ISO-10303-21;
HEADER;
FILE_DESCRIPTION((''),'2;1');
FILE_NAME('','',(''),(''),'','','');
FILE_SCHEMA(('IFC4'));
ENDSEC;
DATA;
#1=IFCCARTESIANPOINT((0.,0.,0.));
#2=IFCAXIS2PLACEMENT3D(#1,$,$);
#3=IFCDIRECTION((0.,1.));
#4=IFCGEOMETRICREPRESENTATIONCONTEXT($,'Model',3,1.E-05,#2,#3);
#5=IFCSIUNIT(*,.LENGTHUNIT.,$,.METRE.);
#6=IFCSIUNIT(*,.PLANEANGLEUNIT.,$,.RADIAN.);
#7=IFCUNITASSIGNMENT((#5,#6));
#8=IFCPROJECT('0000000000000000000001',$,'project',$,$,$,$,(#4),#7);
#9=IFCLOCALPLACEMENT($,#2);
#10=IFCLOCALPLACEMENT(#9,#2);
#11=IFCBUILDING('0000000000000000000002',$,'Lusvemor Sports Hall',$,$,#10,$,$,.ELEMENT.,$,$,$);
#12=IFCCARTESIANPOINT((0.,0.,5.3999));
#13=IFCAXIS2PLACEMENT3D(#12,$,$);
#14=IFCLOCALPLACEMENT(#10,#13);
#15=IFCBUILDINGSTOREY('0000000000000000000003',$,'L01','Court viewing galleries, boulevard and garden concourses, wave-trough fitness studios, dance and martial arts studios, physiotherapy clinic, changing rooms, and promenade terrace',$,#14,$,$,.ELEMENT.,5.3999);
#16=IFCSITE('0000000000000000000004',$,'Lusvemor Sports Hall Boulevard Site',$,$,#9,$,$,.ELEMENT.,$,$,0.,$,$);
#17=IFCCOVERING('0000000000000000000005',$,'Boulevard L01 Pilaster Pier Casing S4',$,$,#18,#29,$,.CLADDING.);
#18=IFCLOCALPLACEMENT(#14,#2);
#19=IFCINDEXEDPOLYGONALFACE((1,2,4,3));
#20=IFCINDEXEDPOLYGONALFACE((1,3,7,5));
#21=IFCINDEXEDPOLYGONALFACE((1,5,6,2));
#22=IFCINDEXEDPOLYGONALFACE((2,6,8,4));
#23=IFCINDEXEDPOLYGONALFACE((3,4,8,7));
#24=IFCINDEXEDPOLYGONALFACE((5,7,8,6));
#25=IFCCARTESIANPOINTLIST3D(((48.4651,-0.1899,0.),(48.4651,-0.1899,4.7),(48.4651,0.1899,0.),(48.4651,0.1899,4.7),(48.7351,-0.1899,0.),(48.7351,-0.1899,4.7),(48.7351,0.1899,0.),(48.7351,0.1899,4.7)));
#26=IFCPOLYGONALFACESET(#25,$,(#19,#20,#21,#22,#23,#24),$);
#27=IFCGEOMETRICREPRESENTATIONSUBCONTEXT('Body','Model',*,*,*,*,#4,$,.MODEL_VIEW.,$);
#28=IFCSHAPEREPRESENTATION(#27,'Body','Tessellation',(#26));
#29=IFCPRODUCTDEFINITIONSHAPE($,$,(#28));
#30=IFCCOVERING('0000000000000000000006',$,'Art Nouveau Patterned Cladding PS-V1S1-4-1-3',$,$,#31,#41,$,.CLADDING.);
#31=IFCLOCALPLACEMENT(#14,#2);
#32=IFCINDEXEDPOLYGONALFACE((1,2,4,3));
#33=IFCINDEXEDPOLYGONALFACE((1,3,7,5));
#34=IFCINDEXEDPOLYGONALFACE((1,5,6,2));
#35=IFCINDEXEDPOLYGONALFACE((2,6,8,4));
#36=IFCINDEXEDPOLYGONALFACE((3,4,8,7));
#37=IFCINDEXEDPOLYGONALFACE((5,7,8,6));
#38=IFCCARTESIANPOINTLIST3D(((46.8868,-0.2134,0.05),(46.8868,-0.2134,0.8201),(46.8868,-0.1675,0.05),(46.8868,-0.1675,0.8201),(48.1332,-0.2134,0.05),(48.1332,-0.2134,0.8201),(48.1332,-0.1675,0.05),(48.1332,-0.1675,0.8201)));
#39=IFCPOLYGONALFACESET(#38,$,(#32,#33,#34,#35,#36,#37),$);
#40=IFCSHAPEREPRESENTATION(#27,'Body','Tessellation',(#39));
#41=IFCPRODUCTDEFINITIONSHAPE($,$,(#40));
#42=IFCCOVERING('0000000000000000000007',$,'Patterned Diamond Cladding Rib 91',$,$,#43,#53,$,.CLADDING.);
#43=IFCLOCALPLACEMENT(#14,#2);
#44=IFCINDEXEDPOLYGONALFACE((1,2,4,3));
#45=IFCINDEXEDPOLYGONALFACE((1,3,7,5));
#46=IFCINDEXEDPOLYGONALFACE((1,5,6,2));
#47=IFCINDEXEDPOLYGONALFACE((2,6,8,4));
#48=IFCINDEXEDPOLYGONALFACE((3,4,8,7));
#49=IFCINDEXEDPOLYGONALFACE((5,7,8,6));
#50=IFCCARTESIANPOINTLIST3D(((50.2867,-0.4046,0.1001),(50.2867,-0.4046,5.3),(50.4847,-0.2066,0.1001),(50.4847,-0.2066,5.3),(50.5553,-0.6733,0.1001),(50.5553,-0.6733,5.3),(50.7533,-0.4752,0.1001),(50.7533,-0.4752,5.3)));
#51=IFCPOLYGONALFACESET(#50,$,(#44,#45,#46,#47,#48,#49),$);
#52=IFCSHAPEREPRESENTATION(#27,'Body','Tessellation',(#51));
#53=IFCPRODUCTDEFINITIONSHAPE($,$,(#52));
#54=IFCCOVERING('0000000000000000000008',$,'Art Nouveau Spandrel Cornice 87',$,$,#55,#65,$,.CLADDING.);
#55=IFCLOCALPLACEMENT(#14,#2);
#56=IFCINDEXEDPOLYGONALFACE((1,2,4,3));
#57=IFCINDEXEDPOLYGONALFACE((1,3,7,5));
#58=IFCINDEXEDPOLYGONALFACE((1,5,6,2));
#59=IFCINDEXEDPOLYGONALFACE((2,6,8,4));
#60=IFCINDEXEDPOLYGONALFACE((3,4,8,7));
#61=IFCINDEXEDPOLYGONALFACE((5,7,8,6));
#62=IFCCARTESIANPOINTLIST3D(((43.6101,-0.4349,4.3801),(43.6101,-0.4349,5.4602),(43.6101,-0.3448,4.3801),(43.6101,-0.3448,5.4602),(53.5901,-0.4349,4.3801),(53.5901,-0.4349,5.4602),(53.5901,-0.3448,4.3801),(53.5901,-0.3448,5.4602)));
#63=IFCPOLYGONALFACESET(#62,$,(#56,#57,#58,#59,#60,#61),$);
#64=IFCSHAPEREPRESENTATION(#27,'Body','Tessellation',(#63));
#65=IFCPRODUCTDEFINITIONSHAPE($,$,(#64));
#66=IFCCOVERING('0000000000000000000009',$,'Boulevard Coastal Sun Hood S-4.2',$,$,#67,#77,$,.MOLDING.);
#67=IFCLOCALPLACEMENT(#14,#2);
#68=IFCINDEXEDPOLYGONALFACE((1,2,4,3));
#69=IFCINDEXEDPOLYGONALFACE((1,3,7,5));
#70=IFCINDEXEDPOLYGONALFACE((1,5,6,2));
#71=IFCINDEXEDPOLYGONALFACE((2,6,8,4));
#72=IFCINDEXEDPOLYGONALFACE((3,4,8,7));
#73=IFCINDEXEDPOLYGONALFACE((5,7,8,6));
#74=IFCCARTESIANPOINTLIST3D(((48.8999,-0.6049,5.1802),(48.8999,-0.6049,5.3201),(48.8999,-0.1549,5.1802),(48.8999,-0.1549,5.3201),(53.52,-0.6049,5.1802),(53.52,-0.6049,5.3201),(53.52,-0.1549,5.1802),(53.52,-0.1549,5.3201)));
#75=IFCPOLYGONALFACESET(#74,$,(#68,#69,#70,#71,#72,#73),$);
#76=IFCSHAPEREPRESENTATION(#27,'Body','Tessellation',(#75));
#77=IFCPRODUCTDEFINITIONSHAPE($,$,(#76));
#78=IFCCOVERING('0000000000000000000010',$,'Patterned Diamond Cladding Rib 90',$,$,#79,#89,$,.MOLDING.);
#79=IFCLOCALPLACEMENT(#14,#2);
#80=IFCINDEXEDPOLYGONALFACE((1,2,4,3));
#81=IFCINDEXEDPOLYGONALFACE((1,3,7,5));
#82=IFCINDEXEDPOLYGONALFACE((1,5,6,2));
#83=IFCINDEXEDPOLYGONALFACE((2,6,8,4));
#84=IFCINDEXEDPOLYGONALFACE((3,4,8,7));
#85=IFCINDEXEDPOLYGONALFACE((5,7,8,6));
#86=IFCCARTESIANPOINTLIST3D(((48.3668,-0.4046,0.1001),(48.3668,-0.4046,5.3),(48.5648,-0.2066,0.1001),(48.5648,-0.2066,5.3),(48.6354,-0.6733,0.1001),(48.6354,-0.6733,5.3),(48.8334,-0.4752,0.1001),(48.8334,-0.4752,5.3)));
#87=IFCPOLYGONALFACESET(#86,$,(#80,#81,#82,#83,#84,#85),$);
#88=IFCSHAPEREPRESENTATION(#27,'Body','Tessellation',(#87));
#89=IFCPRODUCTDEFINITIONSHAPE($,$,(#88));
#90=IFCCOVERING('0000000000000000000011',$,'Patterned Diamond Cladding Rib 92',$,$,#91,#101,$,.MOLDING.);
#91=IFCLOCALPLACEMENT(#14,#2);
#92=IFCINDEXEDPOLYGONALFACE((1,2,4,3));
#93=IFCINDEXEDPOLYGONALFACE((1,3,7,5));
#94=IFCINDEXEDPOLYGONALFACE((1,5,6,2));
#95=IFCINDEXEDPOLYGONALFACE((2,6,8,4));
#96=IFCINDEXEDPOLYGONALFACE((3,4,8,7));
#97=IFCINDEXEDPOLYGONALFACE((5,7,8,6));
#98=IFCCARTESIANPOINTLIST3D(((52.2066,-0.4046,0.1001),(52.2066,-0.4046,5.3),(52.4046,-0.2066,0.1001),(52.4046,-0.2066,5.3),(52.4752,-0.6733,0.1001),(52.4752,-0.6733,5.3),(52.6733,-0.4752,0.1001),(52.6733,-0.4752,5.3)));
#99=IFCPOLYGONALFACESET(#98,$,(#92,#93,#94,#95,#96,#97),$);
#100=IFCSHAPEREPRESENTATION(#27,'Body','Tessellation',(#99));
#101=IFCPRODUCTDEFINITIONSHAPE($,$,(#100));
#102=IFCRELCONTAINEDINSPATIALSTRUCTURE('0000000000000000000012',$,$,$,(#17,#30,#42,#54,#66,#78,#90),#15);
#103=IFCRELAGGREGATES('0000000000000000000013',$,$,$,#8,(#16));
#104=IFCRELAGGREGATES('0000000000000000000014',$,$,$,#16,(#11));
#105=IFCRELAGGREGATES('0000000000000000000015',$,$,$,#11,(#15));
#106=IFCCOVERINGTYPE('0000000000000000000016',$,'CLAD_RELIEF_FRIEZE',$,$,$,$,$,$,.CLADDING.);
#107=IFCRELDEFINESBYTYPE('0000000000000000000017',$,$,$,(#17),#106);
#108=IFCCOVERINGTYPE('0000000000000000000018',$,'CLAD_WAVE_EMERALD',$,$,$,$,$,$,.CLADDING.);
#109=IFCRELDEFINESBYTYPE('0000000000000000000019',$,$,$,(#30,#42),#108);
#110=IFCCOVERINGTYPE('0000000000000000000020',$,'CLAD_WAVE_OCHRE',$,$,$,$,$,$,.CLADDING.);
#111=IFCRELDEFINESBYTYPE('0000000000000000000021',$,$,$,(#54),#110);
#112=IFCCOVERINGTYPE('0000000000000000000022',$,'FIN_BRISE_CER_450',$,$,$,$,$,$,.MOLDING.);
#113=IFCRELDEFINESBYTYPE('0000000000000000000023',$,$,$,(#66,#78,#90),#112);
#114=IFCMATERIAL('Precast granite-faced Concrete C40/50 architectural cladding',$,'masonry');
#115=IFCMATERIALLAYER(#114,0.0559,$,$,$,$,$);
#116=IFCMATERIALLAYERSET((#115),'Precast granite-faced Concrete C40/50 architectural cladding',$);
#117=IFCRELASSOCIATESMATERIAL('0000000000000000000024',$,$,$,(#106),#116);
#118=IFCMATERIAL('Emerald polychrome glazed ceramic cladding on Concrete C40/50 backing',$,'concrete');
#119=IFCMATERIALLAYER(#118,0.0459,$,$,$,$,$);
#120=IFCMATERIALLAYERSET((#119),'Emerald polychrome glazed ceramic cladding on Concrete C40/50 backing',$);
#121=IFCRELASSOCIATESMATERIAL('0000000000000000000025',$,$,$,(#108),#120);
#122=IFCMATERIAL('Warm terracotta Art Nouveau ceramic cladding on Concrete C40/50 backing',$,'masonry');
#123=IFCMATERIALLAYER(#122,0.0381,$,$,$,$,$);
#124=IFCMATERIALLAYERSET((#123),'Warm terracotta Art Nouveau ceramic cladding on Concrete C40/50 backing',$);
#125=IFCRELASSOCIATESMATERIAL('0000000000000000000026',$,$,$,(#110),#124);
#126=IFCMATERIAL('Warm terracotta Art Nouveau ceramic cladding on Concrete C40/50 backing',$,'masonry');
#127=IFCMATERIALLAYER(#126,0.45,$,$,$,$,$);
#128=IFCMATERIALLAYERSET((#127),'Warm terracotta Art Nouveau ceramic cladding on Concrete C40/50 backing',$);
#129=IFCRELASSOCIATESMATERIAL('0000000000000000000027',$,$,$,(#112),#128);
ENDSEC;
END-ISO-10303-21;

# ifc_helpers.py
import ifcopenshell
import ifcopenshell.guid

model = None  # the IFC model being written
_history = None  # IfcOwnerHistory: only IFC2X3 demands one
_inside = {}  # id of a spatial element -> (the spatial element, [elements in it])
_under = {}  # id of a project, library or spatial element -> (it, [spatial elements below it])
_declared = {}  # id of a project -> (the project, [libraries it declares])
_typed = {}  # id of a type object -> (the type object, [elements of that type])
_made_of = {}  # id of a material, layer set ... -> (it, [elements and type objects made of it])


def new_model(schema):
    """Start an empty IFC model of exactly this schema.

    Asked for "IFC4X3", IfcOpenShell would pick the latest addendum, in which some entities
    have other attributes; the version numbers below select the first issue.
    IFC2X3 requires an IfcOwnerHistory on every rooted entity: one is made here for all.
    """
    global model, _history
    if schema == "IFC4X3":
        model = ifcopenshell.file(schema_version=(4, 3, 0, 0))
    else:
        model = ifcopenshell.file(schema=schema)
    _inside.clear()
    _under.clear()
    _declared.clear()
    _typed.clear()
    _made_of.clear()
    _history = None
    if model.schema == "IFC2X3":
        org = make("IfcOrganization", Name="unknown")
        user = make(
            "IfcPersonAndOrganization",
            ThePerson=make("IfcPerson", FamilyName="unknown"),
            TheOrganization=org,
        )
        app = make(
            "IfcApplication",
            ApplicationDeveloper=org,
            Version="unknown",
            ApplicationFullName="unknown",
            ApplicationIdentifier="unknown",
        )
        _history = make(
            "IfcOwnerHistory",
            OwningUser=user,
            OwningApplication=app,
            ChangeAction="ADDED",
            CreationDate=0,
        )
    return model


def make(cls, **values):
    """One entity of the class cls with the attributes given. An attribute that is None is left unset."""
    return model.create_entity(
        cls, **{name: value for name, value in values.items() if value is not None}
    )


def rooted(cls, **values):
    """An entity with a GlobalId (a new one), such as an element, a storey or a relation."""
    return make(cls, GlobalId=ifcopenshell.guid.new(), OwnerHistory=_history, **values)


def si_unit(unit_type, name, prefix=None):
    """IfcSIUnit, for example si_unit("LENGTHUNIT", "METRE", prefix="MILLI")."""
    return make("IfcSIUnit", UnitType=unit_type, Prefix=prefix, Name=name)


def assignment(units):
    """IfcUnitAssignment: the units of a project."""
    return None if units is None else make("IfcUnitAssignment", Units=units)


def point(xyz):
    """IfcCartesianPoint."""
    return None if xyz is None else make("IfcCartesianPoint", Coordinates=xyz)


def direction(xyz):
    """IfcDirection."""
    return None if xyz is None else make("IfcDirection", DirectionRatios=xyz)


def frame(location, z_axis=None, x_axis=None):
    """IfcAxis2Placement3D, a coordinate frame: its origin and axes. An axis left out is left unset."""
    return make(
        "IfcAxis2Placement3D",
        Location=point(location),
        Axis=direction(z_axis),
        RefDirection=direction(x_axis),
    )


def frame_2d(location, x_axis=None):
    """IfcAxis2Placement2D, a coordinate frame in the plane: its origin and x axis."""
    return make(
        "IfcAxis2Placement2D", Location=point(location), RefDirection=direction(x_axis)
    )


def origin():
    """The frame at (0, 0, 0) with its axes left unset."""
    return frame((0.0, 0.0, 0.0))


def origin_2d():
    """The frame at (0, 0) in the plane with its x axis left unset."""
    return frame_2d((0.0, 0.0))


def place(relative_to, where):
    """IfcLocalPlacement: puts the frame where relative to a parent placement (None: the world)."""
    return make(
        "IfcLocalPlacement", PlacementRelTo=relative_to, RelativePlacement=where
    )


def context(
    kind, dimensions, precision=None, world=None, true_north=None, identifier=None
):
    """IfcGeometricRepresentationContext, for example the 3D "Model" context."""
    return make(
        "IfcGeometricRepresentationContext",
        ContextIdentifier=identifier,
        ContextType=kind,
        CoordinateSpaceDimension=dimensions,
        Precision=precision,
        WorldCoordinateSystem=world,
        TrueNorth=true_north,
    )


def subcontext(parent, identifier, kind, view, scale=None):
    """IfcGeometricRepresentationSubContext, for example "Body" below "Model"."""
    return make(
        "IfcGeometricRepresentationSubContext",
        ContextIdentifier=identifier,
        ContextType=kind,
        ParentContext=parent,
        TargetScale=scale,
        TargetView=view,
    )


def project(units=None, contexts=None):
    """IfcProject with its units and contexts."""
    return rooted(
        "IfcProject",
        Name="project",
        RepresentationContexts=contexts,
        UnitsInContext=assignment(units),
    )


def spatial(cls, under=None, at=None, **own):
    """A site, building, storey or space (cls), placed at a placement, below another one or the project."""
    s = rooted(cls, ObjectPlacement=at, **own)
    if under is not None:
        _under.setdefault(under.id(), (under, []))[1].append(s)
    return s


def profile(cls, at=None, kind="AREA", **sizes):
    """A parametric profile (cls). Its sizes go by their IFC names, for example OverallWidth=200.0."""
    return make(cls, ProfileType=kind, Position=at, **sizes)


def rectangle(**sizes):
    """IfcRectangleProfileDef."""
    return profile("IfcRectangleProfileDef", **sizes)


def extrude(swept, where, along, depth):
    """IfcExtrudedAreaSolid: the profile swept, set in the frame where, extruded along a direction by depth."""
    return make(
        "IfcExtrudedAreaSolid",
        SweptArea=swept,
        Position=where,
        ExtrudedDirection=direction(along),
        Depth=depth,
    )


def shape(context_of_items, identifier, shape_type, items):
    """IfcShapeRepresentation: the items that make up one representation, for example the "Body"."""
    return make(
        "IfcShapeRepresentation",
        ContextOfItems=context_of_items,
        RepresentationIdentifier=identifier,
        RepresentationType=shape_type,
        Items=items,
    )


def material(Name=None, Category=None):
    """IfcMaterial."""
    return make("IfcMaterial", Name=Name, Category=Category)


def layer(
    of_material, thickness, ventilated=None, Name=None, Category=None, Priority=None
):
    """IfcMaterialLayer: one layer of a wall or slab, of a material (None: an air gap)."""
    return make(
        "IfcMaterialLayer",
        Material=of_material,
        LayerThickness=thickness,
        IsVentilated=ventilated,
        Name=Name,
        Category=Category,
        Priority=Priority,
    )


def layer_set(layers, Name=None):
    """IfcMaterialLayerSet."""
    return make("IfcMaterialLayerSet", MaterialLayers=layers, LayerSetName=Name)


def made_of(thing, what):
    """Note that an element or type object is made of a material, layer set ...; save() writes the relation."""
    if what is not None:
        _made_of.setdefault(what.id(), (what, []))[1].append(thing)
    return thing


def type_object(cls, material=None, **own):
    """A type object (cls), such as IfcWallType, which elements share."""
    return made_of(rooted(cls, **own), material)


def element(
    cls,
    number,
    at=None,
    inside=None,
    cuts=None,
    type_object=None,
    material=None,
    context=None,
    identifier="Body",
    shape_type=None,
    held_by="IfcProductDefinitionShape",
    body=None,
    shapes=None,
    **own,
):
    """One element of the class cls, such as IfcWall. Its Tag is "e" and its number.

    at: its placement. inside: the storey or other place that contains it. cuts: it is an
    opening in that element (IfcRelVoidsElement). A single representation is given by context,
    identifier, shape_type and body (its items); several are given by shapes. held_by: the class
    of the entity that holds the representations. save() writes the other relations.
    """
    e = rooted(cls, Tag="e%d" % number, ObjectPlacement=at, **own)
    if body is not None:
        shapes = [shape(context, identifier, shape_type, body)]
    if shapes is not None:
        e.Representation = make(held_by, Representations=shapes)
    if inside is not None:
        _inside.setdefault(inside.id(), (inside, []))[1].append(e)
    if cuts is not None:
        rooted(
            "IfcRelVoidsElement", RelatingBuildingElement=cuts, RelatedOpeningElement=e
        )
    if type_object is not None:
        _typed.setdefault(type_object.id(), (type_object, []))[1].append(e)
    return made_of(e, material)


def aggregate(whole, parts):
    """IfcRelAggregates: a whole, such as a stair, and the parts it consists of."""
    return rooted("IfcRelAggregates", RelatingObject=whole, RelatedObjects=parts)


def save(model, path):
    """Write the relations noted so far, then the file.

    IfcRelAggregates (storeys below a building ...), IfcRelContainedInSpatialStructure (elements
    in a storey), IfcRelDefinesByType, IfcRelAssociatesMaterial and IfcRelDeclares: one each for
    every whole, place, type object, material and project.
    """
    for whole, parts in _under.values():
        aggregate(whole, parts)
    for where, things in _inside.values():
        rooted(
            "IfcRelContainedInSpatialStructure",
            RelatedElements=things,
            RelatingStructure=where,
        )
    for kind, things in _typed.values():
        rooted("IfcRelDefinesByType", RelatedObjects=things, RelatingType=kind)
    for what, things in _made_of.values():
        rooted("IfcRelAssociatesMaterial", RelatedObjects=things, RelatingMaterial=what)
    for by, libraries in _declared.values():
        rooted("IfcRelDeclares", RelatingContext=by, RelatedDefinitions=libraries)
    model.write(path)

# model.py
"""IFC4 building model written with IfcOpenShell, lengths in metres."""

from ifc_helpers import new_model, si_unit, direction, frame, origin, origin_2d, place, context, subcontext, project, spatial, rectangle, extrude, material, layer, layer_set, type_object, element, save


model = new_model("IFC4")

# Units and contexts
model_context = context("Model", 3, precision=1e-05, world=origin(), true_north=direction((0.0, 1.0)))
body_context = subcontext(model_context, "Body", "Model", "MODEL_VIEW")
ifc_project = project(units=[si_unit("LENGTHUNIT", "METRE"), si_unit("PLANEANGLEUNIT", "RADIAN")], contexts=[model_context])

# Site, building, storey
site_placement = place(None, origin())
site = spatial("IfcSite", under=ifc_project, at=site_placement, Name="Lusvemor Sports Hall Boulevard Site", CompositionType="ELEMENT", RefElevation=0.0)
building_placement = place(site_placement, origin())
building = spatial("IfcBuilding", under=site, at=building_placement, Name="Lusvemor Sports Hall", CompositionType="ELEMENT")
storey_placement = place(building_placement, frame((0.0, 0.0, 5.3999)))
storey = spatial("IfcBuildingStorey", under=building, at=storey_placement, Name="L01", Description="Court viewing galleries, boulevard and garden concourses, wave-trough fitness studios, dance and martial arts studios, physiotherapy clinic, changing rooms, and promenade terrace", CompositionType="ELEMENT", Elevation=5.3999)

# Coverings
ifc_material_1 = material(Name="Precast granite-faced Concrete C40/50 architectural cladding", Category="masonry")
ifc_layer_1 = layer(ifc_material_1, 0.0559)
ifc_layer_set_1 = layer_set([ifc_layer_1], Name="Precast granite-faced Concrete C40/50 architectural cladding")
covering_type_1 = type_object("IfcCoveringType", Name="CLAD_RELIEF_FRIEZE", PredefinedType="CLADDING", material=ifc_layer_set_1)
covering_1_placement = place(storey_placement, frame((48.6001, 0.0, 0.0), z_axis=(0.0, 0.0, 1.0), x_axis=(1.0, 0.0, 0.0)))
element("IfcCovering", 1, at=covering_1_placement, inside=storey, type_object=covering_type_1, Name="Boulevard L01 Pilaster Pier Casing S4", PredefinedType="CLADDING", context=body_context, shape_type="SweptSolid", body=[
    extrude(rectangle(XDim=0.27, YDim=0.3799, at=origin_2d()), origin(), (0.0, 0.0, 1.0), 4.7),
])
ifc_material_2 = material(Name="Emerald polychrome glazed ceramic cladding on Concrete C40/50 backing", Category="concrete")
ifc_layer_2 = layer(ifc_material_2, 0.0459)
ifc_layer_set_2 = layer_set([ifc_layer_2], Name="Emerald polychrome glazed ceramic cladding on Concrete C40/50 backing")
covering_type_2 = type_object("IfcCoveringType", Name="CLAD_WAVE_EMERALD", PredefinedType="CLADDING", material=ifc_layer_set_2)
covering_2_placement = place(storey_placement, frame((47.51, -0.1904, 0.05), z_axis=(0.0, 0.0, 1.0), x_axis=(1.0, 0.0, 0.0)))
element("IfcCovering", 2, at=covering_2_placement, inside=storey, type_object=covering_type_2, Name="Art Nouveau Patterned Cladding PS-V1S1-4-1-3", PredefinedType="CLADDING", context=body_context, shape_type="SweptSolid", body=[
    extrude(rectangle(XDim=1.2463, YDim=0.0459, at=origin_2d()), origin(), (0.0, 0.0, 1.0), 0.77),
])
covering_3_placement = place(storey_placement, frame((50.52, -0.4399, 0.1001), z_axis=(0.0, 0.0, 1.0), x_axis=(0.707107, 0.707107, 0.0)))
element("IfcCovering", 3, at=covering_3_placement, inside=storey, type_object=covering_type_2, Name="Patterned Diamond Cladding Rib 91", PredefinedType="CLADDING", context=body_context, shape_type="SweptSolid", body=[
    extrude(rectangle(XDim=0.28, YDim=0.3799, at=origin_2d()), origin(), (0.0, 0.0, 1.0), 5.2),
])
ifc_material_3 = material(Name="Warm terracotta Art Nouveau ceramic cladding on Concrete C40/50 backing", Category="masonry")
ifc_layer_3 = layer(ifc_material_3, 0.0381)
ifc_layer_set_3 = layer_set([ifc_layer_3], Name="Warm terracotta Art Nouveau ceramic cladding on Concrete C40/50 backing")
covering_type_3 = type_object("IfcCoveringType", Name="CLAD_WAVE_OCHRE", PredefinedType="CLADDING", material=ifc_layer_set_3)
covering_4_placement = place(storey_placement, frame((48.6001, -0.3899, 4.3801), z_axis=(0.0, 0.0, 1.0), x_axis=(1.0, 0.0, 0.0)))
element("IfcCovering", 4, at=covering_4_placement, inside=storey, type_object=covering_type_3, Name="Art Nouveau Spandrel Cornice 87", PredefinedType="CLADDING", context=body_context, shape_type="SweptSolid", body=[
    extrude(rectangle(XDim=9.98, YDim=0.0901, at=origin_2d()), origin(), (0.0, 0.0, 1.0), 1.0801),
])
ifc_material_4 = material(Name="Warm terracotta Art Nouveau ceramic cladding on Concrete C40/50 backing", Category="masonry")
ifc_layer_4 = layer(ifc_material_4, 0.45)
ifc_layer_set_4 = layer_set([ifc_layer_4], Name="Warm terracotta Art Nouveau ceramic cladding on Concrete C40/50 backing")
covering_type_4 = type_object("IfcCoveringType", Name="FIN_BRISE_CER_450", PredefinedType="MOLDING", material=ifc_layer_set_4)
covering_5_placement = place(storey_placement, frame((51.21, -0.3799, 5.1802), z_axis=(0.0, 0.0, 1.0), x_axis=(1.0, 0.0, 0.0)))
element("IfcCovering", 5, at=covering_5_placement, inside=storey, type_object=covering_type_4, Name="Boulevard Coastal Sun Hood S-4.2", PredefinedType="MOLDING", context=body_context, shape_type="SweptSolid", body=[
    extrude(rectangle(XDim=4.6201, YDim=0.45, at=origin_2d()), origin(), (0.0, 0.0, 1.0), 0.1399),
])
for number, where, z_axis, x_axis, name in (
    (6, (48.6001, -0.4399, 0.1001), (0.0, 0.0, 1.0), (0.707107, 0.707107, 0.0), "Patterned Diamond Cladding Rib 90"),
    (7, (52.4399, -0.4399, 0.1001), (0.0, 0.0, 1.0), (0.707107, 0.707107, 0.0), "Patterned Diamond Cladding Rib 92"),
):
    element("IfcCovering", number, at=place(storey_placement, frame(where, z_axis=z_axis, x_axis=x_axis)), inside=storey, type_object=covering_type_4, Name=name, PredefinedType="MOLDING", context=body_context, shape_type="SweptSolid", body=[
        extrude(rectangle(XDim=0.28, YDim=0.3799, at=origin_2d()), origin(), (0.0, 0.0, 1.0), 5.2),
    ])

save(model, "model.ifc")
